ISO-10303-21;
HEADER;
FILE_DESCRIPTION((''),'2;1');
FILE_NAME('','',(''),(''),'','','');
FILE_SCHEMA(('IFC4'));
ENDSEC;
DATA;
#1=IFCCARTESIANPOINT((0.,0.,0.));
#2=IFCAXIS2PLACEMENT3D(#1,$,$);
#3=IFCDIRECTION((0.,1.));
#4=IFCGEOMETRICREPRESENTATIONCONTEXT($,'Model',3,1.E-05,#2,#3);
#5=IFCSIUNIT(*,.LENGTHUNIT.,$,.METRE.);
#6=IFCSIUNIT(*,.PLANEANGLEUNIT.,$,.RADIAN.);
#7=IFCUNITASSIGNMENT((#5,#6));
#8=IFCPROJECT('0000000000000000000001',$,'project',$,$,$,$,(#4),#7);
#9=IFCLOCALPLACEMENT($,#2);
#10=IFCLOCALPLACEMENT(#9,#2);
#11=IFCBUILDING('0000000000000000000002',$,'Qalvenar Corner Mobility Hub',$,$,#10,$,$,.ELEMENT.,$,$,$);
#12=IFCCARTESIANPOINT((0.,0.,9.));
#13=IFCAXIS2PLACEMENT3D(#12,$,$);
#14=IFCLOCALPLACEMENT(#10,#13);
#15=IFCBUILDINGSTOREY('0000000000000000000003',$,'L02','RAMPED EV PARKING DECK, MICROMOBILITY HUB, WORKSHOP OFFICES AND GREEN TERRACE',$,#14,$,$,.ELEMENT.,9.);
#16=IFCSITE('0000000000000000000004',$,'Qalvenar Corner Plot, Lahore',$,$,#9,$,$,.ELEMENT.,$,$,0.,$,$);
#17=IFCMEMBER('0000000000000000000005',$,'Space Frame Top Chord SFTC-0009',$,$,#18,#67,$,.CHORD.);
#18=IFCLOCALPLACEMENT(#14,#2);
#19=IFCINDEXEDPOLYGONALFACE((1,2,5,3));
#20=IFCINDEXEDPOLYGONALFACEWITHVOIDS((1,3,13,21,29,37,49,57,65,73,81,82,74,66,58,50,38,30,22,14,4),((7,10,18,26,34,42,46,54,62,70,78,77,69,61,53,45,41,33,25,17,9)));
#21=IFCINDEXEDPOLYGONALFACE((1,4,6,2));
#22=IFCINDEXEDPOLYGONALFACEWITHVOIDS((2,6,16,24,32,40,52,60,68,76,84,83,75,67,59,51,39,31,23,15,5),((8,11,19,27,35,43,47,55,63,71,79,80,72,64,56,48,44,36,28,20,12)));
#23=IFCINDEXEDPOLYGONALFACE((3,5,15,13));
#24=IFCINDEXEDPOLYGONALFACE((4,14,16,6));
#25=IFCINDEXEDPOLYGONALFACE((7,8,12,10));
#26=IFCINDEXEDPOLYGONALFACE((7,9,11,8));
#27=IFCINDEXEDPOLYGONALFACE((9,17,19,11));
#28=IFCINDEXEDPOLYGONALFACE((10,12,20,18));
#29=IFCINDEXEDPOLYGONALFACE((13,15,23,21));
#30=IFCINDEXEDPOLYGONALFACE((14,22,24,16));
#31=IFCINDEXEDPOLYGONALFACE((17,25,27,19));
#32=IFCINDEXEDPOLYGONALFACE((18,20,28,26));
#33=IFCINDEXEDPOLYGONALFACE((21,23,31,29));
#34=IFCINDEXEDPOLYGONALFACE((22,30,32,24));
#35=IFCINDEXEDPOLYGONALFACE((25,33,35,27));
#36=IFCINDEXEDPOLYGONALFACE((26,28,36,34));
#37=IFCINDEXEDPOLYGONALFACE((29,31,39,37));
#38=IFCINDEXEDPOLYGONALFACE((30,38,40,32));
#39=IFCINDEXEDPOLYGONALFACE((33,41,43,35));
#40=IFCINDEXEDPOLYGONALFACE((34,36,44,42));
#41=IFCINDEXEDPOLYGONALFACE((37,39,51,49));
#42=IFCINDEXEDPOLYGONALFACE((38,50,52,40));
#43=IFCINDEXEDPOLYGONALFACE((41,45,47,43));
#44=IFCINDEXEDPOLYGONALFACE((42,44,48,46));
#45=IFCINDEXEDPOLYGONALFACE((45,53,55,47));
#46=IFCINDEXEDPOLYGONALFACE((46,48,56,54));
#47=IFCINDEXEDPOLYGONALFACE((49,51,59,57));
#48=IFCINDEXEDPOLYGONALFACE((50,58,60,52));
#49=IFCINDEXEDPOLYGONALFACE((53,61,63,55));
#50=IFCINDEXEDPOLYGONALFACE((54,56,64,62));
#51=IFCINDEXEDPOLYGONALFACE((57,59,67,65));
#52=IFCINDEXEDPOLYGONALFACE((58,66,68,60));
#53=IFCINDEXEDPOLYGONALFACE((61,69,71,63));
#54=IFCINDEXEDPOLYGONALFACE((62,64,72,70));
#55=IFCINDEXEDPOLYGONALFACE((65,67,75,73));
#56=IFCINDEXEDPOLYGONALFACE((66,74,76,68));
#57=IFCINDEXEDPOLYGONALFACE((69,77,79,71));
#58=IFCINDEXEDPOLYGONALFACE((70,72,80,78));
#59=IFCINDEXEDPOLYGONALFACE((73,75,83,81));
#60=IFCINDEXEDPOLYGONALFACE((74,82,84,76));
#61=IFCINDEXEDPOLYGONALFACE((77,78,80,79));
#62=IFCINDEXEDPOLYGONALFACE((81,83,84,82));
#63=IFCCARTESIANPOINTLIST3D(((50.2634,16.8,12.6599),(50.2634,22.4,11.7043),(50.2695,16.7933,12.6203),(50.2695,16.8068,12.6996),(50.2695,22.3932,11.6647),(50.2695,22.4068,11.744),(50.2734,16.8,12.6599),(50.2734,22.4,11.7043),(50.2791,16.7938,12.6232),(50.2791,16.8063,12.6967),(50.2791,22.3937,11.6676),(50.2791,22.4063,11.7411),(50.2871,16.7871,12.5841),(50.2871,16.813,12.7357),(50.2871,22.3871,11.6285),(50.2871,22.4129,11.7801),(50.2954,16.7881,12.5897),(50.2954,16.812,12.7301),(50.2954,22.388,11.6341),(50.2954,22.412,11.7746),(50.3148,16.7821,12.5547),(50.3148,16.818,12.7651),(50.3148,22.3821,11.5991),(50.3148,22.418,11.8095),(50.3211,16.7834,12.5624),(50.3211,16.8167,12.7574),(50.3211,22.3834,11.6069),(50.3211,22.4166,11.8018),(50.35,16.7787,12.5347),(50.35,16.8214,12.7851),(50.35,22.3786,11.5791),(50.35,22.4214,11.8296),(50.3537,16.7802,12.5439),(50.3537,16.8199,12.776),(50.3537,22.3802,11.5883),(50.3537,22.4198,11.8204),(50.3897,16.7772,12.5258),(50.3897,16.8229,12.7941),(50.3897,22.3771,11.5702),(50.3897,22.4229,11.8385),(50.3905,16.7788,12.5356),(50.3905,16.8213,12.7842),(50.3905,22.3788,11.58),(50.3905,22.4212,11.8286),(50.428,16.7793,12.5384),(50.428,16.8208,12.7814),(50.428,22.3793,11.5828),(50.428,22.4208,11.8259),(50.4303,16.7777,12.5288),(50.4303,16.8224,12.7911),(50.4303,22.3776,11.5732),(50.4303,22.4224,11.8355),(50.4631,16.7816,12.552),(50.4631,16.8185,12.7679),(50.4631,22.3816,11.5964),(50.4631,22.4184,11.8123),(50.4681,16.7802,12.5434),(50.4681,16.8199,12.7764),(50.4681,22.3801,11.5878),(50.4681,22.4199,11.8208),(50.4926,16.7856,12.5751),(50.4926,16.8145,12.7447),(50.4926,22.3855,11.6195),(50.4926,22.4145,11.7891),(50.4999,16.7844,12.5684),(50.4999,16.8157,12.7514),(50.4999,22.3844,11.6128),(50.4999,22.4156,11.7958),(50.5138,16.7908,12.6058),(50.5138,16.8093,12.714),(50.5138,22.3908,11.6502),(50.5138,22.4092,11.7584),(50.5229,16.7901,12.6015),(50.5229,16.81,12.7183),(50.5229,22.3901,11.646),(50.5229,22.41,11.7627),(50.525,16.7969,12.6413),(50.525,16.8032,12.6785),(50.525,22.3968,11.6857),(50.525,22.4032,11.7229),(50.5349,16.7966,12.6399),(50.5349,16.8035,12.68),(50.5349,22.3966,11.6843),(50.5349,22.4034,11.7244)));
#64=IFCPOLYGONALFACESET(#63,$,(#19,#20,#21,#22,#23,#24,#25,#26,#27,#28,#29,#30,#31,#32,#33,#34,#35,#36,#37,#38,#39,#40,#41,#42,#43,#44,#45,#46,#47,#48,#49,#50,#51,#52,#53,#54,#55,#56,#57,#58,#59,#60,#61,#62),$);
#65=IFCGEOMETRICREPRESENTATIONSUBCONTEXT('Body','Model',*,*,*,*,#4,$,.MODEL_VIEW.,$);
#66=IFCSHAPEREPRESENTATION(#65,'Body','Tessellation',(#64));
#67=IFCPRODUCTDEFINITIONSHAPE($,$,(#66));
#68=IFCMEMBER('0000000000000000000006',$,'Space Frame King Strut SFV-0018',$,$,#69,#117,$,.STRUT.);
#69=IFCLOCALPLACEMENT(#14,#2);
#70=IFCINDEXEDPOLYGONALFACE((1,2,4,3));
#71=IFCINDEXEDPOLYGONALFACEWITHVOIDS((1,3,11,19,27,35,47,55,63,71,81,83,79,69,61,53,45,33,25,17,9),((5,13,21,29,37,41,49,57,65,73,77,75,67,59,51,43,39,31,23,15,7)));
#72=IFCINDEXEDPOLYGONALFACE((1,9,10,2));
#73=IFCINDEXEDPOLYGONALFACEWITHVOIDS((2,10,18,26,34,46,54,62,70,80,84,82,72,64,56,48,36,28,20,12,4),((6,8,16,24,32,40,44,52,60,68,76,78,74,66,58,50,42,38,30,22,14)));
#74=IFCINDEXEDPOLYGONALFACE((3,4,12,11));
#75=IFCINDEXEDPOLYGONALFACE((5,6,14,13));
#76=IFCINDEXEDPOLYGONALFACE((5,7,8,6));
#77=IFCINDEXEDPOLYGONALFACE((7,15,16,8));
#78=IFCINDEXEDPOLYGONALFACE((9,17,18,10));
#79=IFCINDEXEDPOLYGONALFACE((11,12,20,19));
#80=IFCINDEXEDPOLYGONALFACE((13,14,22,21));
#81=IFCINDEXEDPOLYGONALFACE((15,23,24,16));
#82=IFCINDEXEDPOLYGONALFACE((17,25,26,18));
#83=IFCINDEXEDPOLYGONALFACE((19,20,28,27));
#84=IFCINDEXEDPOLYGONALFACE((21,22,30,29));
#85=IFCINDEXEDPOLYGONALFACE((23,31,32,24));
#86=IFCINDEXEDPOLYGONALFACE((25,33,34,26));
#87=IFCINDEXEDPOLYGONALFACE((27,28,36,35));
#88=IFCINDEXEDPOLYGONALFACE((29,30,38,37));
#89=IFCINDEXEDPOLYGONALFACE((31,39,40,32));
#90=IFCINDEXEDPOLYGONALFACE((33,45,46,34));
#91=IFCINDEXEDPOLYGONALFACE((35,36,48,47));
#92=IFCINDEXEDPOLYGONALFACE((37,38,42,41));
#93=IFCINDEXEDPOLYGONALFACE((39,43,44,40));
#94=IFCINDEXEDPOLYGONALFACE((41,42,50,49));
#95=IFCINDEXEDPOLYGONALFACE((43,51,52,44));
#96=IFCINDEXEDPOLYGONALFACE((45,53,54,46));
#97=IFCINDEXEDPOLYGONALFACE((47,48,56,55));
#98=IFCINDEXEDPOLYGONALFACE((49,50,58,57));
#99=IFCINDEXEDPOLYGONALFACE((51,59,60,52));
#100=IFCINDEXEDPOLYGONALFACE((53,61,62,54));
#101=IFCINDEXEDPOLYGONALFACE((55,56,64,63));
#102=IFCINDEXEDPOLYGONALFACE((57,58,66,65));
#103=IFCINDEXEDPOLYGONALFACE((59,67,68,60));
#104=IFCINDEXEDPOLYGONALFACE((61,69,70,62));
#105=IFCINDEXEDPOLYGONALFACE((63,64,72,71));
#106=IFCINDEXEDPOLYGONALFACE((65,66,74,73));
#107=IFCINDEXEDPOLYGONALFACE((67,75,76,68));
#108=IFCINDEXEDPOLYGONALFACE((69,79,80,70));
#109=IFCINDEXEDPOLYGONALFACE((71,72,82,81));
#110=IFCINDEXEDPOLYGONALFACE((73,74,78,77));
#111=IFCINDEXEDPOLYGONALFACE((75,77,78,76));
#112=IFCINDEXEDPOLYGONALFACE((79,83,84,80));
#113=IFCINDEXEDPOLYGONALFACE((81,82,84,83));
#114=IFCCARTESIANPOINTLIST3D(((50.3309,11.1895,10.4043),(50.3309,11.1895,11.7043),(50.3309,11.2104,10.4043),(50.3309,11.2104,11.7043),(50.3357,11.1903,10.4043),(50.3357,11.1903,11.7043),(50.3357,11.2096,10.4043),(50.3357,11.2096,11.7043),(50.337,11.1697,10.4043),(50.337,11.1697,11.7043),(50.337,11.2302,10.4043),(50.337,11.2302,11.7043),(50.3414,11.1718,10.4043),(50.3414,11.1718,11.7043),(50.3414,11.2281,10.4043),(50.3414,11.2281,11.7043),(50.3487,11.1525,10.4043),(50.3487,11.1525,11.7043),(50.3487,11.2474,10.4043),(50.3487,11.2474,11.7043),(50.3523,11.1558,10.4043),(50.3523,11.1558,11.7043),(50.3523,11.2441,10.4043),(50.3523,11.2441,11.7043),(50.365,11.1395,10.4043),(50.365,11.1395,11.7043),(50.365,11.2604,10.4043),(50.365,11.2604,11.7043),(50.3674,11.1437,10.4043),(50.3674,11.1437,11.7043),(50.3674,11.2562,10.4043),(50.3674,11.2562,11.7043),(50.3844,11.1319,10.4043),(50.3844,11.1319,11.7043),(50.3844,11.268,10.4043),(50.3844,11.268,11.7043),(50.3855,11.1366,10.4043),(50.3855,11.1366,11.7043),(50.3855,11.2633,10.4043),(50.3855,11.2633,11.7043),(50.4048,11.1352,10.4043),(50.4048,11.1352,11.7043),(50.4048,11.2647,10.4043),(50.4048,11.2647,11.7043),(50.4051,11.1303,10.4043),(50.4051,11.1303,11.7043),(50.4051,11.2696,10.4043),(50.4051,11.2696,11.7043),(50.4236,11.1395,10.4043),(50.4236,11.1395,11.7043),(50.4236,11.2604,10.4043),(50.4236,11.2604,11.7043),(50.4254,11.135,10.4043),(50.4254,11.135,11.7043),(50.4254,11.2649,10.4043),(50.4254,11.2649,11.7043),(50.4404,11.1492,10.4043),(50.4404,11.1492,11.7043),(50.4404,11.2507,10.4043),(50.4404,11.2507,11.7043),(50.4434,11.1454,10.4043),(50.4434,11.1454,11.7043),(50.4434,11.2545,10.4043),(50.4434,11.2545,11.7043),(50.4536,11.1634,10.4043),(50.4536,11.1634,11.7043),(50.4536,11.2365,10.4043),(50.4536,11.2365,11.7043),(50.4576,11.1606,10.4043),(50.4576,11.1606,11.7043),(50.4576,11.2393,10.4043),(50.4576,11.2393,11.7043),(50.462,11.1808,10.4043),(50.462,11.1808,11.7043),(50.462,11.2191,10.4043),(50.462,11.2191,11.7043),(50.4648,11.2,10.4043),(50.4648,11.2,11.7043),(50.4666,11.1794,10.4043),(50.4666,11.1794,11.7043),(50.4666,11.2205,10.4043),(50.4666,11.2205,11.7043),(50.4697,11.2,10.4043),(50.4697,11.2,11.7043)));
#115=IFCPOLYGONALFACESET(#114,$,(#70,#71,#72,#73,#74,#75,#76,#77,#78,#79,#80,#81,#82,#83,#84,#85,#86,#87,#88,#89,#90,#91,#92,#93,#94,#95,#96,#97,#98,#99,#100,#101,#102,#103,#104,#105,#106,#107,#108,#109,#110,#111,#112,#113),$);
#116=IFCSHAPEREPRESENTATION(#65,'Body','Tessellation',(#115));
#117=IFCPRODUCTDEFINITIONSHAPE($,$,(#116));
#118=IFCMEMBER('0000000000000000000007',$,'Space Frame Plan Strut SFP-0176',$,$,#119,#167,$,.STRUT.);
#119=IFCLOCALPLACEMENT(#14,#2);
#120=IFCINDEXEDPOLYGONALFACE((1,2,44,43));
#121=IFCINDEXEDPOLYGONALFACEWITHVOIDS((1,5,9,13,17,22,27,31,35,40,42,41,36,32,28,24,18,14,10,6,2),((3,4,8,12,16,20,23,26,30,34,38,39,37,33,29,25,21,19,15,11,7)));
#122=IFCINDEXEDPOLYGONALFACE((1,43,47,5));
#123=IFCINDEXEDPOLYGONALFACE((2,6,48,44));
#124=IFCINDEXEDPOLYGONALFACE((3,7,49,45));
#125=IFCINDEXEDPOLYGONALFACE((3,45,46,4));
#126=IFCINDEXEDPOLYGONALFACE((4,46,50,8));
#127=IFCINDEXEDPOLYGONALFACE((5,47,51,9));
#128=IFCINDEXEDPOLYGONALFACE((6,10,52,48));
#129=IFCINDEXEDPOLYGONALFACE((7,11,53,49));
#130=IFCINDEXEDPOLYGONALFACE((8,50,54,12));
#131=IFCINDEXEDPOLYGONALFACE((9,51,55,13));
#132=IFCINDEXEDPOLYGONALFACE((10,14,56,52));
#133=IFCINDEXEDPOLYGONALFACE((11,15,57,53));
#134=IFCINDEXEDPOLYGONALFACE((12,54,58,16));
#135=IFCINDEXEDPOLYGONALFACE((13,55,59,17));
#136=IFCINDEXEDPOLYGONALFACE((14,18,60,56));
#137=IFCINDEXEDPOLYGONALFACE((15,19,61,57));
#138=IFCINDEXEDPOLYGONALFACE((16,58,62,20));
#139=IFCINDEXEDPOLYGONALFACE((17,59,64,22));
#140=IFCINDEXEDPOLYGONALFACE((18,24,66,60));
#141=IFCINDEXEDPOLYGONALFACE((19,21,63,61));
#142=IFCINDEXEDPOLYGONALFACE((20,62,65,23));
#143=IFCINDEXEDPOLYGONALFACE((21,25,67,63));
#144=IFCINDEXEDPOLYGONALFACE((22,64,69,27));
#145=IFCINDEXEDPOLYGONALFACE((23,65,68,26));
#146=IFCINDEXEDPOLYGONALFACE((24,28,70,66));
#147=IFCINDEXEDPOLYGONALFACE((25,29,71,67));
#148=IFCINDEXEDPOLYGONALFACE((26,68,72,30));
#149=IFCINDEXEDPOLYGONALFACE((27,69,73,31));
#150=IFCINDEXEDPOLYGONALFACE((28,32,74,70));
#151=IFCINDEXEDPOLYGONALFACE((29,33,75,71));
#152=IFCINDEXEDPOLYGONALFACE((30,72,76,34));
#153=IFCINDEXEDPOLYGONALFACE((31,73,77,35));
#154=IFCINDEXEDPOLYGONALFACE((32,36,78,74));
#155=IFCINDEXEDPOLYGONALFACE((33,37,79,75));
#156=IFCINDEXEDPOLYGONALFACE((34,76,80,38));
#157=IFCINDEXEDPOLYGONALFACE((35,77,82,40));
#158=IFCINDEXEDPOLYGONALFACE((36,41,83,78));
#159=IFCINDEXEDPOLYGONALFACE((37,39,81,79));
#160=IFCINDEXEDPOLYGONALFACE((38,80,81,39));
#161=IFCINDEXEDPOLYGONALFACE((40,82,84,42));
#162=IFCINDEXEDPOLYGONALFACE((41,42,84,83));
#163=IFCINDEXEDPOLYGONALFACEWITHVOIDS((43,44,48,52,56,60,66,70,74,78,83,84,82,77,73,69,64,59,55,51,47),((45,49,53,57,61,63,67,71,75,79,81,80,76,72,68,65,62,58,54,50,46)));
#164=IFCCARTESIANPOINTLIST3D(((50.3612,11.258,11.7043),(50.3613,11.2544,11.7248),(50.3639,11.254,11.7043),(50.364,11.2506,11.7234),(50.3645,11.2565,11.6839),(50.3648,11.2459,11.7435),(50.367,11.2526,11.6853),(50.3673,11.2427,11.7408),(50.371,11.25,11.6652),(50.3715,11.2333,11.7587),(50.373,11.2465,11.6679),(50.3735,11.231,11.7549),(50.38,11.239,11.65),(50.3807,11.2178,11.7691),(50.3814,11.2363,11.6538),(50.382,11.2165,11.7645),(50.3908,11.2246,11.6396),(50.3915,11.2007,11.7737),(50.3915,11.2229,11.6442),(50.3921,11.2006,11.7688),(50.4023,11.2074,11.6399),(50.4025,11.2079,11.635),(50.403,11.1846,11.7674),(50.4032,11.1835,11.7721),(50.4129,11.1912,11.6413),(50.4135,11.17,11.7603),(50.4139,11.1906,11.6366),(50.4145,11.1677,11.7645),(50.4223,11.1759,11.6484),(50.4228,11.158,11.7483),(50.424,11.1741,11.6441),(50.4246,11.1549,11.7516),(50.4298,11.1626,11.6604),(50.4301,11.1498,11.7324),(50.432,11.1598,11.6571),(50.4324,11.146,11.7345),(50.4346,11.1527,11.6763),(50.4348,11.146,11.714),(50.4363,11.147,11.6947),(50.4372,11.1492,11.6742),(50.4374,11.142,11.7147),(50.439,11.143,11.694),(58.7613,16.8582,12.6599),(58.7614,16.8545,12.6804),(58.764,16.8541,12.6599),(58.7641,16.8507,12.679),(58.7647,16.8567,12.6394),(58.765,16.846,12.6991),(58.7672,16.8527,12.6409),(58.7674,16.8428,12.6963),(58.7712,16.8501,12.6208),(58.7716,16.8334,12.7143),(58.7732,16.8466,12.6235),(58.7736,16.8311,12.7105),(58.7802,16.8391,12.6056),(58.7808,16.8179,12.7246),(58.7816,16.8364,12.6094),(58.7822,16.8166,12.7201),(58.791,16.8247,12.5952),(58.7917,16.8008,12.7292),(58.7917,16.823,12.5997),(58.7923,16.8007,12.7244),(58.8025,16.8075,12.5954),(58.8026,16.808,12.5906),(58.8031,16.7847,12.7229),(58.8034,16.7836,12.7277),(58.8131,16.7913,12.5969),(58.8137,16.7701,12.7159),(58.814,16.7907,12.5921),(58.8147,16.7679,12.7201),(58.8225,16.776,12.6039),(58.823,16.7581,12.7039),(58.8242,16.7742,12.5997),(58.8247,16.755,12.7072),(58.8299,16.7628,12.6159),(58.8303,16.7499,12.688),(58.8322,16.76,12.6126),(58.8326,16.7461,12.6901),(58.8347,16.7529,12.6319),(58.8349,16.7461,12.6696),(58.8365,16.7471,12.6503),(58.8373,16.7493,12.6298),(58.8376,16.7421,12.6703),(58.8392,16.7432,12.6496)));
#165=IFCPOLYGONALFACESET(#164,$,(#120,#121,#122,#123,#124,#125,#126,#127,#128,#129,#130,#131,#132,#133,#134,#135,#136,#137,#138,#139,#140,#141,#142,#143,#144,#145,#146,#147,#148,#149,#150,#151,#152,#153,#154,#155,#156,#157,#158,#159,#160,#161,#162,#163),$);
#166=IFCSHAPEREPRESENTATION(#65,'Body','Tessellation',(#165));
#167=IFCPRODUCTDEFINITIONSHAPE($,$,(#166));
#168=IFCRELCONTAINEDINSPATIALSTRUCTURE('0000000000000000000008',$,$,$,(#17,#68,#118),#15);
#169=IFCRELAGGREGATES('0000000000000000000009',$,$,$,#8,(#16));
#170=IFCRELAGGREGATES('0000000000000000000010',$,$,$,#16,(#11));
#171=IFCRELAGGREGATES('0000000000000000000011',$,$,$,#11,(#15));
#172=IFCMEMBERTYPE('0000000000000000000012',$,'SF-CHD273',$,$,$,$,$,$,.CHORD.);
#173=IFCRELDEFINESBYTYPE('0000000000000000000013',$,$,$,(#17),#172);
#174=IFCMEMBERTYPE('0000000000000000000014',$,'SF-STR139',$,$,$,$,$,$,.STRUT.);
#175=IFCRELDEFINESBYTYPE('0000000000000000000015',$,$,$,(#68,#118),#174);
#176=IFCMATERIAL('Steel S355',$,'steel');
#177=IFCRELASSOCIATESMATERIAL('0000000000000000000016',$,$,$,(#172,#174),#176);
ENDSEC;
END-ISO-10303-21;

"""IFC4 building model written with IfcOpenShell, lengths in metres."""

from ifc_helpers import new_model, si_unit, direction, frame, origin, origin_2d, place, context, subcontext, project, spatial, hollow_circle, extrude, material, material_profile, profile_set, type_object, element, save


model = new_model("IFC4")

# Units and contexts
model_context = context("Model", 3, precision=1e-05, world=origin(), true_north=direction((0.0, 1.0)))
body_context = subcontext(model_context, "Body", "Model", "MODEL_VIEW")
ifc_project = project(units=[si_unit("LENGTHUNIT", "METRE"), si_unit("PLANEANGLEUNIT", "RADIAN")], contexts=[model_context])

# Site, building, storey
site_placement = place(None, origin())
site = spatial("IfcSite", under=ifc_project, at=site_placement, Name="Qalvenar Corner Plot, Lahore", CompositionType="ELEMENT", RefElevation=0.0)
building_placement = place(site_placement, origin())
building = spatial("IfcBuilding", under=site, at=building_placement, Name="Qalvenar Corner Mobility Hub", CompositionType="ELEMENT")
storey_placement = place(building_placement, frame((0.0, 0.0, 9.0)))
storey = spatial("IfcBuildingStorey", under=building, at=storey_placement, Name="L02", Description="RAMPED EV PARKING DECK, MICROMOBILITY HUB, WORKSHOP OFFICES AND GREEN TERRACE", CompositionType="ELEMENT", Elevation=9.0)

# Members
ifc_material_1 = material(Name="Steel S355", Category="steel")
ifc_material_profile_1 = material_profile(ifc_material_1, hollow_circle(Radius=0.1365, WallThickness=0.01, at=origin_2d()), Name="CHS273x10")
ifc_profile_set_1 = profile_set([ifc_material_profile_1], Name="Steel S355")
member_type_1 = type_object("IfcMemberType", Name="SF-CHD273", PredefinedType="CHORD", material=ifc_profile_set_1)
member_1_placement = place(storey_placement, frame((50.3999, 16.8, 12.6599), z_axis=(0.0, 0.985751, -0.16821), x_axis=(-1.0, 0.0, 0.0)))
element("IfcMember", 1, at=member_1_placement, inside=storey, type_object=member_type_1, Name="Space Frame Top Chord SFTC-0009", PredefinedType="CHORD", context=body_context, shape_type="SweptSolid", body=[
    extrude(hollow_circle(Radius=0.1365, WallThickness=0.01, at=origin_2d()), origin(), (0.0, 0.0, 1.0), 5.6809),
])
ifc_material_profile_2 = material_profile(ifc_material_1, hollow_circle(Radius=0.0698, WallThickness=0.0049, at=origin_2d()), Name="CHS139.7x5")
ifc_profile_set_2 = profile_set([ifc_material_profile_2], Name="Steel S355")
member_type_2 = type_object("IfcMemberType", Name="SF-STR139", PredefinedType="STRUT", material=ifc_profile_set_2)
member_2_placement = place(storey_placement, frame((50.3999, 11.2, 10.4043), z_axis=(0.0, 0.0, 1.0), x_axis=(1.0, 0.0, 0.0)))
element("IfcMember", 2, at=member_2_placement, inside=storey, type_object=member_type_2, Name="Space Frame King Strut SFV-0018", PredefinedType="STRUT", context=body_context, shape_type="SweptSolid", body=[
    extrude(hollow_circle(Radius=0.0698, WallThickness=0.0049, at=origin_2d()), origin(), (0.0, 0.0, 1.0), 1.3),
])
member_3_placement = place(storey_placement, frame((50.3999, 11.2, 11.7043), z_axis=(0.828348, 0.552232, 0.09423), x_axis=(-0.5547, 0.83205, 0.0)))
element("IfcMember", 3, at=member_3_placement, inside=storey, type_object=member_type_2, Name="Space Frame Plan Strut SFP-0176", PredefinedType="STRUT", context=body_context, shape_type="SweptSolid", body=[
    extrude(hollow_circle(Radius=0.0698, WallThickness=0.0049, at=origin_2d()), origin(), (0.0, 0.0, 1.0), 10.1409),
])

save(model, "model.ifc")
